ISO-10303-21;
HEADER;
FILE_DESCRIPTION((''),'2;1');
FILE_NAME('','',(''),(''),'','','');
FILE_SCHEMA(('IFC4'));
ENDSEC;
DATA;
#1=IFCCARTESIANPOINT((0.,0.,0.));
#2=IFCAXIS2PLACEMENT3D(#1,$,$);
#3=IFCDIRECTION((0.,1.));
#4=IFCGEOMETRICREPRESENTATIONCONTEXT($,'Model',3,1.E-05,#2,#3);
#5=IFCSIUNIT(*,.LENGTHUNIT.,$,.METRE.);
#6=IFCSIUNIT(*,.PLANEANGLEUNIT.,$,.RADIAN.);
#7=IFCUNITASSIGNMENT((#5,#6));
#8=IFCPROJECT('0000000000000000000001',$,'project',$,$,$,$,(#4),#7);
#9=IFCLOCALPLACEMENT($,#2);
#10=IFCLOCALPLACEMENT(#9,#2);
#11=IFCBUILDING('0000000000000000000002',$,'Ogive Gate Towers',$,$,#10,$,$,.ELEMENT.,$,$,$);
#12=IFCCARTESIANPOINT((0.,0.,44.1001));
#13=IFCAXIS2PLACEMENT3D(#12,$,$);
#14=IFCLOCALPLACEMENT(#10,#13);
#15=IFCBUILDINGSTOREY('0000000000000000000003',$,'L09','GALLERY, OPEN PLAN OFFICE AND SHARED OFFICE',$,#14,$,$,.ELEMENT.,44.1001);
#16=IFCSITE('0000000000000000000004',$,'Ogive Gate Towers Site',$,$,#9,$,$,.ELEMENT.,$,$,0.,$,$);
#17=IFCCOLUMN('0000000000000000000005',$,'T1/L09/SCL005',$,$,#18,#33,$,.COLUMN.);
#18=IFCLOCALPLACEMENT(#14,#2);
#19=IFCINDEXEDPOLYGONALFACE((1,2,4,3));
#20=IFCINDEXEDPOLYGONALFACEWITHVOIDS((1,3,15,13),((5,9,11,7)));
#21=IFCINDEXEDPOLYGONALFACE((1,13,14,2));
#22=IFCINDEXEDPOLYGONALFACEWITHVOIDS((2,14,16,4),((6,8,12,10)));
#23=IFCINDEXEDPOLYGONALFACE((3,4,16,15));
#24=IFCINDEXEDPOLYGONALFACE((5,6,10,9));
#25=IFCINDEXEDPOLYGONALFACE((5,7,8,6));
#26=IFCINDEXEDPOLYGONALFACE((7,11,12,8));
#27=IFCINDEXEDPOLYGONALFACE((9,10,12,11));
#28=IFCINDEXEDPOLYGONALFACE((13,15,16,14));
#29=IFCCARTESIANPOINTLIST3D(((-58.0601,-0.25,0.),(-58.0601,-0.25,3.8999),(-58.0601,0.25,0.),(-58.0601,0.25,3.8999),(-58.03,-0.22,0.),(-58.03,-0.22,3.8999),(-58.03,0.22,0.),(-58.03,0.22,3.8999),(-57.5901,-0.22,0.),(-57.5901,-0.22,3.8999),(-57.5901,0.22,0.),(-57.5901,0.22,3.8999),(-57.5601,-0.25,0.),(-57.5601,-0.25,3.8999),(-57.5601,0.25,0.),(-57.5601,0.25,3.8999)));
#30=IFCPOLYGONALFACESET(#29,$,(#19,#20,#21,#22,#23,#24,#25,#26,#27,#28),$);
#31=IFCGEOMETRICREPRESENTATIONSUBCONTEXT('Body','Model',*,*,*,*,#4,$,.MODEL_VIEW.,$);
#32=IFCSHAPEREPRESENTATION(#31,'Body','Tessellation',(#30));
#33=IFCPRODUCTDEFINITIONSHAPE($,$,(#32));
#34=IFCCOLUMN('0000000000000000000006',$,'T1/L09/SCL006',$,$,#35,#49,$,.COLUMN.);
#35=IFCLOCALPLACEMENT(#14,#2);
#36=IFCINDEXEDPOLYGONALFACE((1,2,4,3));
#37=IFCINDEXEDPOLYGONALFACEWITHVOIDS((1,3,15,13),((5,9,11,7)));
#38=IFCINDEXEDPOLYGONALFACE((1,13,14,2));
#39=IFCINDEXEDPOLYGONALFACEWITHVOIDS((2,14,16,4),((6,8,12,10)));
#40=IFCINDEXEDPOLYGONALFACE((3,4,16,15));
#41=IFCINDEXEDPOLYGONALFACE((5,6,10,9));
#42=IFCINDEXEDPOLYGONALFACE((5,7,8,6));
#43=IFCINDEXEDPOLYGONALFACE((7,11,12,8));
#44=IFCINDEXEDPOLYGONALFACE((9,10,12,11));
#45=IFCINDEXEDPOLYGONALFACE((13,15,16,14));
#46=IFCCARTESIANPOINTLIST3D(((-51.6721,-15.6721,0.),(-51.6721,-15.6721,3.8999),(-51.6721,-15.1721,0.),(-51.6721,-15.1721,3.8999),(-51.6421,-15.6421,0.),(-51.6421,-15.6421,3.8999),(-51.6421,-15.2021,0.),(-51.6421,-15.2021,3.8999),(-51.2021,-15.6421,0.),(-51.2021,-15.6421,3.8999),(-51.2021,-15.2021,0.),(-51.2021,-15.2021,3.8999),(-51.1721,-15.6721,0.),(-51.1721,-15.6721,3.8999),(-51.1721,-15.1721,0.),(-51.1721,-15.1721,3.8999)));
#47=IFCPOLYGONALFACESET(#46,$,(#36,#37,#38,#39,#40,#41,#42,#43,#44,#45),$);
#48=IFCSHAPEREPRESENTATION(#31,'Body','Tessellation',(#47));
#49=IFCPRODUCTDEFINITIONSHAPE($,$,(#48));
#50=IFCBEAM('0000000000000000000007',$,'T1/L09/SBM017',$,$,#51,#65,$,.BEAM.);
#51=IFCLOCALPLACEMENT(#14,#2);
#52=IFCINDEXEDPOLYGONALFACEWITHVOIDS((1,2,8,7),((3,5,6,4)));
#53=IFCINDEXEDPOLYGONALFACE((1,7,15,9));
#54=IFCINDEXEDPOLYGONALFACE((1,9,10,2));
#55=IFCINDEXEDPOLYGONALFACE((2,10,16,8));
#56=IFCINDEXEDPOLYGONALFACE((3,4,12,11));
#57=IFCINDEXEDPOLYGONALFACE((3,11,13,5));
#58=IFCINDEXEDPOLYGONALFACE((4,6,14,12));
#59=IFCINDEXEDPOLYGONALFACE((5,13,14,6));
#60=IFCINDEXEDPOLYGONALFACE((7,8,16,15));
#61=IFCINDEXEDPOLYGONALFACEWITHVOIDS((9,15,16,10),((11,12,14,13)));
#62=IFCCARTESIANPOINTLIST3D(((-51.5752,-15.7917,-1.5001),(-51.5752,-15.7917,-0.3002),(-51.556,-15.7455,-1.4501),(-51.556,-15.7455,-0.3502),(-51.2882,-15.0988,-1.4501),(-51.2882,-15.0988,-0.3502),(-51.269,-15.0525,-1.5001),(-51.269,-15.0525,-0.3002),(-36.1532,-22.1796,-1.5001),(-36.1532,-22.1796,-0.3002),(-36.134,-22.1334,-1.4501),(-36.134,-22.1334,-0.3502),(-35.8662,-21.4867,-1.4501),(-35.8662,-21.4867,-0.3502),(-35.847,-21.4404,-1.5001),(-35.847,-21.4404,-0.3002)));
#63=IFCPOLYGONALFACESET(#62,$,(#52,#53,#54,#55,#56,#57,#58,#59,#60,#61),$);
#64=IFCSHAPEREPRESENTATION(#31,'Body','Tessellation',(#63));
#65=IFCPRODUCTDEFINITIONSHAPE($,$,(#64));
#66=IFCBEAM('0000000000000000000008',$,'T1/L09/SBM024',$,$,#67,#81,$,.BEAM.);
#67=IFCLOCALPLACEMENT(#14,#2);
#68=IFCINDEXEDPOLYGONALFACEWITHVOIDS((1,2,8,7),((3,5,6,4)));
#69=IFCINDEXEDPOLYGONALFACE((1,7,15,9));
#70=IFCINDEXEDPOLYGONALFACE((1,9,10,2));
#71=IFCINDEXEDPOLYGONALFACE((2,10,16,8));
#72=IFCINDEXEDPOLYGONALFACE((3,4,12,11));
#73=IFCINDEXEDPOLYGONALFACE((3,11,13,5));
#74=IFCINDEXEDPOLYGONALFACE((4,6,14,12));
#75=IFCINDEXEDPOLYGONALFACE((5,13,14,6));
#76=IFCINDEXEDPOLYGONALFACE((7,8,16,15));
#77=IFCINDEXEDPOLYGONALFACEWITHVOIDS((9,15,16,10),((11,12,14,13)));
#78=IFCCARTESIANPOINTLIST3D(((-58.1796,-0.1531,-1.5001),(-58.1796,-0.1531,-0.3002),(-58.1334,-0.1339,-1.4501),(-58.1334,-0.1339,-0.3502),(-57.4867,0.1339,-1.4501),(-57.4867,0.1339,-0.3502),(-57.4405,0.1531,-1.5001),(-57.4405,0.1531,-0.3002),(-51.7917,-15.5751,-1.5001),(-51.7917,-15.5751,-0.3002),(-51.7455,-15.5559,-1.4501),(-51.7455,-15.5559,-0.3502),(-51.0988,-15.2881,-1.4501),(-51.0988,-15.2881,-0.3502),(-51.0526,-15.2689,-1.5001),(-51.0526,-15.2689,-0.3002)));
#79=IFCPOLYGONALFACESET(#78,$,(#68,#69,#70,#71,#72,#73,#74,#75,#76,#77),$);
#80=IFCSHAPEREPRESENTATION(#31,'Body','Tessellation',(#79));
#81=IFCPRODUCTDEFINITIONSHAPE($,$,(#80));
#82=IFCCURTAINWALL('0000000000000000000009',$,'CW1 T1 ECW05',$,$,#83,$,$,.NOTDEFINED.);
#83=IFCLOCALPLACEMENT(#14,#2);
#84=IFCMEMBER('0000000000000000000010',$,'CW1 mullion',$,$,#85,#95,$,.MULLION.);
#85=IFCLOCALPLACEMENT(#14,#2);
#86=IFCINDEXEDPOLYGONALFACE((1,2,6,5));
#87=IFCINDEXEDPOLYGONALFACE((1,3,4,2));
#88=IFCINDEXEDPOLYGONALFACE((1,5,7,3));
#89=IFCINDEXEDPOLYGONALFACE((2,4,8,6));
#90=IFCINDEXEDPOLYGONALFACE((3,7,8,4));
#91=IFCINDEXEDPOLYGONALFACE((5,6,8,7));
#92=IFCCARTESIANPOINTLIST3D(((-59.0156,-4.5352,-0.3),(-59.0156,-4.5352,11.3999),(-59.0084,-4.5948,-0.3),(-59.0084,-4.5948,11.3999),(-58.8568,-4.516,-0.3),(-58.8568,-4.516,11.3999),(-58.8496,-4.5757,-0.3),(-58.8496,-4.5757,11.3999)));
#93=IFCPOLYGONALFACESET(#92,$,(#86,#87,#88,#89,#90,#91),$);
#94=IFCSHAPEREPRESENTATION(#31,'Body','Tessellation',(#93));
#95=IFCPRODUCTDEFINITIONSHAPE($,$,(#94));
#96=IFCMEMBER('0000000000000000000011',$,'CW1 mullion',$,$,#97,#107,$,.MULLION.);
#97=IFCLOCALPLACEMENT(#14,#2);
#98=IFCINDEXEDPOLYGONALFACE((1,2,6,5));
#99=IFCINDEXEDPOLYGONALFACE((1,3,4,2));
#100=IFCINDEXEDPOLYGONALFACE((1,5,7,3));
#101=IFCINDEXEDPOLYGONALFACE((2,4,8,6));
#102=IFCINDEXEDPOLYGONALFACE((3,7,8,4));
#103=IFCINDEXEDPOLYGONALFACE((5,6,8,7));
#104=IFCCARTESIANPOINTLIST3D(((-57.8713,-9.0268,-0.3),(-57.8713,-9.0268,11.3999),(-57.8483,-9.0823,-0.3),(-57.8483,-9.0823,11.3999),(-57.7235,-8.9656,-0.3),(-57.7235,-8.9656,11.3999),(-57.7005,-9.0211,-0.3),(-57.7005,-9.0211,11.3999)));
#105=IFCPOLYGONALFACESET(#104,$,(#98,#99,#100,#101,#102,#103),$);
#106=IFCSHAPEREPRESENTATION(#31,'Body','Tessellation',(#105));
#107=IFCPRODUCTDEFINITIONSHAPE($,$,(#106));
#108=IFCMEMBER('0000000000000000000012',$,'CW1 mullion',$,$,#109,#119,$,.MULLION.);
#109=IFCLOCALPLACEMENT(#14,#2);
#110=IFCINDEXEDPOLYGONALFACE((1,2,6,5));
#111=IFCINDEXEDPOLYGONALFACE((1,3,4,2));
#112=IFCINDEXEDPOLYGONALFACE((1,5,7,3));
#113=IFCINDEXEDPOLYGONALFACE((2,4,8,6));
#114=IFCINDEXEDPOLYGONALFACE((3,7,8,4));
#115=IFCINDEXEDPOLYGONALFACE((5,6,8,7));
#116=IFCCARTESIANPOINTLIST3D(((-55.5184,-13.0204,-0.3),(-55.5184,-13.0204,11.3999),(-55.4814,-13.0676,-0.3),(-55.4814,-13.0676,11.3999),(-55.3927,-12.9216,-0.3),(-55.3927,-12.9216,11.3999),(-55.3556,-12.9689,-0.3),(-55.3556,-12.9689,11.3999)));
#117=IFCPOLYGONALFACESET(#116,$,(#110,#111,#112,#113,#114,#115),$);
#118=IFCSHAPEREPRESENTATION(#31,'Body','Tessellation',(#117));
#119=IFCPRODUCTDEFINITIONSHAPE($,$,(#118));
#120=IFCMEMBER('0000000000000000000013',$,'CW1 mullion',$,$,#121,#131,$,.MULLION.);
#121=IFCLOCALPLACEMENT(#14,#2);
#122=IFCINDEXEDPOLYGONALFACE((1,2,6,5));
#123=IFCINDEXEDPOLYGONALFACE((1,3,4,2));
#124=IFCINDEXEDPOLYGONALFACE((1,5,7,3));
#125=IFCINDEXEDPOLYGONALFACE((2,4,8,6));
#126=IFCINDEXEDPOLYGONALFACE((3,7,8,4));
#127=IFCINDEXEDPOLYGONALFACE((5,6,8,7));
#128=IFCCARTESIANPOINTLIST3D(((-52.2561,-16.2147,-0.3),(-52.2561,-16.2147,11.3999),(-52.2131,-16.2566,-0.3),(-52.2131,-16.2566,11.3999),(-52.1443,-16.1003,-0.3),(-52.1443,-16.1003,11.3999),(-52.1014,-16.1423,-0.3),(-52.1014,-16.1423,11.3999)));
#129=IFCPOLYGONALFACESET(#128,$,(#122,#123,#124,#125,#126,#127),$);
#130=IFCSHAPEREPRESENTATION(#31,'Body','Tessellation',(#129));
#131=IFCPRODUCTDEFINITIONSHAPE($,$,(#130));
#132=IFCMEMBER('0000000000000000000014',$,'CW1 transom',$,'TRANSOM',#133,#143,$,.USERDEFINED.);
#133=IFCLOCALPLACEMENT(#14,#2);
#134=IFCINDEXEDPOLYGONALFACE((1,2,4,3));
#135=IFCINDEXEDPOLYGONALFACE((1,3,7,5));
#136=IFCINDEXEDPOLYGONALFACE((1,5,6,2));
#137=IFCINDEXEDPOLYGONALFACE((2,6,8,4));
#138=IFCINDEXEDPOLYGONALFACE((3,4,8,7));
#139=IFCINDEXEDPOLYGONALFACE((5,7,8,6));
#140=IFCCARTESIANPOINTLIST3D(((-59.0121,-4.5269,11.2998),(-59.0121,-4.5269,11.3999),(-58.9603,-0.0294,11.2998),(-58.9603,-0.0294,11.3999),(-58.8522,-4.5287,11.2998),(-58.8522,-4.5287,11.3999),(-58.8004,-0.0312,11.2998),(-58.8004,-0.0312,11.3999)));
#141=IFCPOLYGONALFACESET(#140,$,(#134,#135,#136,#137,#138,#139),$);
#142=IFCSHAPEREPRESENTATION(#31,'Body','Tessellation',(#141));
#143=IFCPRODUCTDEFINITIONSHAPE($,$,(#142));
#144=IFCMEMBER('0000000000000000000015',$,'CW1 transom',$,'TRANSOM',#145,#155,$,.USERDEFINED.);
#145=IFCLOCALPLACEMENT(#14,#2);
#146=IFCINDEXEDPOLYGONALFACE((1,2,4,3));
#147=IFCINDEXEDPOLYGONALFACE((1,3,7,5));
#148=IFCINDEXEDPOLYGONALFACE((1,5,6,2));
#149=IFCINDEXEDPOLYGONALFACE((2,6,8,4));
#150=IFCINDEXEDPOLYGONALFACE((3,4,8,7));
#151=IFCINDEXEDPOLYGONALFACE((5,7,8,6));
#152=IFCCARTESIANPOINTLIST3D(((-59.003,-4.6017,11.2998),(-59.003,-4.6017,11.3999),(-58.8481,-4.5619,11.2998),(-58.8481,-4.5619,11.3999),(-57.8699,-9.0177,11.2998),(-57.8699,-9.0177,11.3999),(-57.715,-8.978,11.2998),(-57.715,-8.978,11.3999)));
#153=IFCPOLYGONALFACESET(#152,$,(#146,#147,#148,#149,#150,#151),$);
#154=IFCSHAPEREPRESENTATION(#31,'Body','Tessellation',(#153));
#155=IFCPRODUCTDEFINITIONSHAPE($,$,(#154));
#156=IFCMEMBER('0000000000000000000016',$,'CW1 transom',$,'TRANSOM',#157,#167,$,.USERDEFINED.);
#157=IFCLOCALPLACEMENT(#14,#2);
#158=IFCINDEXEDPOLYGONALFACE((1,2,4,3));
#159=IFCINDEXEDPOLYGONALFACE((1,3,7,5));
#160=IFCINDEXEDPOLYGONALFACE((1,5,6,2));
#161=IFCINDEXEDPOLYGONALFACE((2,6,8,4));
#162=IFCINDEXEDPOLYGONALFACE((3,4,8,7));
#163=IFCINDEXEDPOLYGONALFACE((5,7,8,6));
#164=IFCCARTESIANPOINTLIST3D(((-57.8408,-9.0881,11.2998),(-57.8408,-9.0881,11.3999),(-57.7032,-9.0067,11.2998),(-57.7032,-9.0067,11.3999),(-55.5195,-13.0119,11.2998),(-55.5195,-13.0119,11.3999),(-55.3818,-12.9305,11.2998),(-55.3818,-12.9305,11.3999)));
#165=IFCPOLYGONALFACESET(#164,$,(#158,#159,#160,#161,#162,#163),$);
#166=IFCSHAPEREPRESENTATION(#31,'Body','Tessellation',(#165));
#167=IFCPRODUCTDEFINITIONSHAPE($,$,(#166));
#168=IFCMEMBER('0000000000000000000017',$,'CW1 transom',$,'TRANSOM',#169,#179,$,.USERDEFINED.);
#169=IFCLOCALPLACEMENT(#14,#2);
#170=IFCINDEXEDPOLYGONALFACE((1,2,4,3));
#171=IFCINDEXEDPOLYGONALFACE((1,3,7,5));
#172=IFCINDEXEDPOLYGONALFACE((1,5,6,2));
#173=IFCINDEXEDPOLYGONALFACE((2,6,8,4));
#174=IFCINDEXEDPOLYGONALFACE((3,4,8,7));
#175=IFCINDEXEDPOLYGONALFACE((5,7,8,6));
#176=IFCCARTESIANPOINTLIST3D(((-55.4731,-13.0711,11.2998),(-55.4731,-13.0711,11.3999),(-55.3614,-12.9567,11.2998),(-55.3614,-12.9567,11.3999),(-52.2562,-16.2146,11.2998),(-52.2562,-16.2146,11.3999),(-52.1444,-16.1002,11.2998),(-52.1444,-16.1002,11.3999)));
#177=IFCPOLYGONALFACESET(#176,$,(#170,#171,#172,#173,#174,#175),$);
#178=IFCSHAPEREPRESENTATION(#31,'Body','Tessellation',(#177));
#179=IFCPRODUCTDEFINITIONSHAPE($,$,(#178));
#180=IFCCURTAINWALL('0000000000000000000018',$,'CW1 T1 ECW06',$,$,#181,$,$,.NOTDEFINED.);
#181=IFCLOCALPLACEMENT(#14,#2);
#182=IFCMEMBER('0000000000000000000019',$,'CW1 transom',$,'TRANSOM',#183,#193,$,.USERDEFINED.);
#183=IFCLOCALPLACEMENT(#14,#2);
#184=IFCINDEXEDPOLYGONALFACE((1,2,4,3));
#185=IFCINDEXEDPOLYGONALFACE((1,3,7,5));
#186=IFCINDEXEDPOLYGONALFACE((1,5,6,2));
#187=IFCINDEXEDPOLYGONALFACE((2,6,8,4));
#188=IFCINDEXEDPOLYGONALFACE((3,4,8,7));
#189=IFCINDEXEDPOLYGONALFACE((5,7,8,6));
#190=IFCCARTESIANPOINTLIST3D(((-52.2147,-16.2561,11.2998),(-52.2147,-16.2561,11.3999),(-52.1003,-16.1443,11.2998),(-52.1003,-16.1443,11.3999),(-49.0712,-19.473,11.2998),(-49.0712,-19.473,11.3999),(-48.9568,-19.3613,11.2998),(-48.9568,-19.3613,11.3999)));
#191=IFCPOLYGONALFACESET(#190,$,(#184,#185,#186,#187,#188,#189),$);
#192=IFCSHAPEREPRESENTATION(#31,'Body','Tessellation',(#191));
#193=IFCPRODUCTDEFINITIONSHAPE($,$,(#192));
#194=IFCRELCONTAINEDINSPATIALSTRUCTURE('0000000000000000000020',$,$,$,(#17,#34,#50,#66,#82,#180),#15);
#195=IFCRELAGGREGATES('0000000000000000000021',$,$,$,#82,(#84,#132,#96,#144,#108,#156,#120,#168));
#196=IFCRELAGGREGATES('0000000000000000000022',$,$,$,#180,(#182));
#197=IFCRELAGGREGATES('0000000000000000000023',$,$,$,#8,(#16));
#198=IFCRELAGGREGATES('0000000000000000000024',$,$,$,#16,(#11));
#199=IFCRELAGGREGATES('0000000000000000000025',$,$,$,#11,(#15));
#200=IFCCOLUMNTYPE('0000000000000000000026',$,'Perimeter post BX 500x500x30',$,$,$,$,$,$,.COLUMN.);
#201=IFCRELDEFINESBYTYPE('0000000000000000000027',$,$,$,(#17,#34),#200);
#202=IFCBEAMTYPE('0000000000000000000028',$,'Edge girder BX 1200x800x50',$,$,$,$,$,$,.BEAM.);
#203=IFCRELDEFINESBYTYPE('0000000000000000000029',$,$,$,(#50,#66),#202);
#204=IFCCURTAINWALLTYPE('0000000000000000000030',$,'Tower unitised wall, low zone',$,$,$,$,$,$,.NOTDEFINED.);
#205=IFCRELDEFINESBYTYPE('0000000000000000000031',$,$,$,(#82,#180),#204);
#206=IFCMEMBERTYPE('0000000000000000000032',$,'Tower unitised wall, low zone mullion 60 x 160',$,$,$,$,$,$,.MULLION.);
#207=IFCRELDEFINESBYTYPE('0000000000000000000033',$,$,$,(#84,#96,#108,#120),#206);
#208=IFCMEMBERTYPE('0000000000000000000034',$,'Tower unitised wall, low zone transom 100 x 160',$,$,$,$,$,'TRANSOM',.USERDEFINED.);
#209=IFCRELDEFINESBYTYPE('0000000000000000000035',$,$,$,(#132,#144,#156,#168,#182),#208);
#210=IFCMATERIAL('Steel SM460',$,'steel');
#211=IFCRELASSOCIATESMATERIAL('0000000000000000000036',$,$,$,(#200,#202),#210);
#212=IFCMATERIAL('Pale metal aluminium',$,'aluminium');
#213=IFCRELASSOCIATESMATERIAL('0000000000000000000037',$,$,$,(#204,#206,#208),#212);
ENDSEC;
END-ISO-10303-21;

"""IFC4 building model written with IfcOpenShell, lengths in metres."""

from ifc_helpers import new_model, si_unit, direction, frame, origin, origin_2d, place, context, subcontext, project, spatial, rectangle, hollow_rectangle, extrude, material, material_profile, profile_set, type_object, element, aggregate, save


model = new_model("IFC4")

# Units and contexts
model_context = context("Model", 3, precision=1e-05, world=origin(), true_north=direction((0.0, 1.0)))
body_context = subcontext(model_context, "Body", "Model", "MODEL_VIEW")
ifc_project = project(units=[si_unit("LENGTHUNIT", "METRE"), si_unit("PLANEANGLEUNIT", "RADIAN")], contexts=[model_context])

# Site, building, storey
site_placement = place(None, origin())
site = spatial("IfcSite", under=ifc_project, at=site_placement, Name="Ogive Gate Towers Site", CompositionType="ELEMENT", RefElevation=0.0)
building_placement = place(site_placement, origin())
building = spatial("IfcBuilding", under=site, at=building_placement, Name="Ogive Gate Towers", CompositionType="ELEMENT")
storey_placement = place(building_placement, frame((0.0, 0.0, 44.1001)))
storey = spatial("IfcBuildingStorey", under=building, at=storey_placement, Name="L09", Description="GALLERY, OPEN PLAN OFFICE AND SHARED OFFICE", CompositionType="ELEMENT", Elevation=44.1001)

# Columns
ifc_material_1 = material(Name="Steel SM460", Category="steel")
ifc_material_profile_1 = material_profile(ifc_material_1, hollow_rectangle(XDim=0.5, YDim=0.5, WallThickness=0.03, at=origin_2d()), Name="BX 500x500x30")
ifc_profile_set_1 = profile_set([ifc_material_profile_1], Name="Steel SM460")
column_type = type_object("IfcColumnType", Name="Perimeter post BX 500x500x30", PredefinedType="COLUMN", material=ifc_profile_set_1)
for number, where, z_axis, x_axis, name in (
    (1, (-57.8101, 0.0, 0.0), (0.0, 0.0, 1.0), (1.0, 0.0, 0.0), "T1/L09/SCL005"),
    (2, (-51.4221, -15.4221, 0.0), (0.0, 0.0, 1.0), (1.0, 0.0, 0.0), "T1/L09/SCL006"),
):
    element("IfcColumn", number, at=place(storey_placement, frame(where, z_axis=z_axis, x_axis=x_axis)), inside=storey, type_object=column_type, Name=name, PredefinedType="COLUMN", context=body_context, shape_type="SweptSolid", body=[
        extrude(hollow_rectangle(XDim=0.5, YDim=0.5, WallThickness=0.03, at=origin_2d()), origin(), (0.0, 0.0, 1.0), 3.8999),
    ])

# Beams
ifc_material_profile_2 = material_profile(ifc_material_1, hollow_rectangle(XDim=0.8, YDim=1.2, WallThickness=0.05, at=origin_2d()), Name="BX 1200x800x50")
ifc_profile_set_2 = profile_set([ifc_material_profile_2], Name="Steel SM460")
beam_type = type_object("IfcBeamType", Name="Edge girder BX 1200x800x50", PredefinedType="BEAM", material=ifc_profile_set_2)
for number, where, z_axis, x_axis, name in (
    (3, (-51.4221, -15.4221, -0.9001), (0.923882, -0.382678, 0.0), (0.382678, 0.923882, 0.0), "T1/L09/SBM017"),
    (4, (-57.8101, 0.0, -0.9001), (0.382678, -0.923882, 0.0), (0.923882, 0.382678, 0.0), "T1/L09/SBM024"),
):
    element("IfcBeam", number, at=place(storey_placement, frame(where, z_axis=z_axis, x_axis=x_axis)), inside=storey, type_object=beam_type, Name=name, PredefinedType="BEAM", context=body_context, shape_type="SweptSolid", body=[
        extrude(hollow_rectangle(XDim=0.8, YDim=1.2, WallThickness=0.05, at=origin_2d()), origin(), (0.0, 0.0, 1.0), 16.6926),
    ])

# Curtain wall, members
ifc_material_2 = material(Name="Pale metal aluminium", Category="aluminium")
curtain_wall_type = type_object("IfcCurtainWallType", Name="Tower unitised wall, low zone", PredefinedType="NOTDEFINED", material=ifc_material_2)
curtain_wall_1_placement = place(storey_placement, origin())
curtain_wall_1 = element("IfcCurtainWall", 5, at=curtain_wall_1_placement, inside=storey, type_object=curtain_wall_type, Name="CW1 T1 ECW05", PredefinedType="NOTDEFINED")
ifc_material_profile_3 = material_profile(ifc_material_2, rectangle(XDim=0.1599, YDim=0.0601, at=origin_2d()), Name="60 x 160 aluminium box")
ifc_profile_set_3 = profile_set([ifc_material_profile_3], Name="Pale metal aluminium")
member_type_1 = type_object("IfcMemberType", Name="Tower unitised wall, low zone mullion 60 x 160", PredefinedType="MULLION", material=ifc_profile_set_3)
member_1_placement = place(storey_placement, frame((-58.9326, -4.5554, -0.3), z_axis=(0.0, 0.0, 1.0), x_axis=(-0.992828, -0.119548, 0.0)))
member_1 = element("IfcMember", 6, at=member_1_placement, type_object=member_type_1, Name="CW1 mullion", PredefinedType="MULLION", context=body_context, shape_type="SweptSolid", body=[
    extrude(rectangle(XDim=0.1599, YDim=0.0601, at=origin_2d()), origin(), (0.0, 0.0, 1.0), 11.7),
])
member_2_placement = place(storey_placement, frame((-57.7859, -9.0239, -0.3), z_axis=(0.0, 0.0, 1.0), x_axis=(-0.92388, -0.382683, 0.0)))
member_2 = element("IfcMember", 7, at=member_2_placement, type_object=member_type_1, Name="CW1 mullion", PredefinedType="MULLION", context=body_context, shape_type="SweptSolid", body=[
    extrude(rectangle(XDim=0.1599, YDim=0.0601, at=origin_2d()), origin(), (0.0, 0.0, 1.0), 11.7),
])
member_3_placement = place(storey_placement, frame((-55.437, -12.9946, -0.3), z_axis=(0.0, 0.0, 1.0), x_axis=(-0.786558, -0.617516, 0.0)))
member_3 = element("IfcMember", 8, at=member_3_placement, type_object=member_type_1, Name="CW1 mullion", PredefinedType="MULLION", context=body_context, shape_type="SweptSolid", body=[
    extrude(rectangle(XDim=0.1599, YDim=0.0601, at=origin_2d()), origin(), (0.0, 0.0, 1.0), 11.7),
])
member_4_placement = place(storey_placement, frame((-52.1787, -16.1785, -0.3), z_axis=(0.0, 0.0, 1.0), x_axis=(-0.698915, -0.715205, 0.0)))
member_4 = element("IfcMember", 9, at=member_4_placement, type_object=member_type_1, Name="CW1 mullion", PredefinedType="MULLION", context=body_context, shape_type="SweptSolid", body=[
    extrude(rectangle(XDim=0.1599, YDim=0.0601, at=origin_2d()), origin(), (0.0, 0.0, 1.0), 11.7),
])
ifc_material_profile_4 = material_profile(ifc_material_2, rectangle(XDim=0.1599, YDim=0.1001, at=origin_2d()), Name="100 x 160 aluminium box")
ifc_profile_set_4 = profile_set([ifc_material_profile_4], Name="Pale metal aluminium")
member_type_2 = type_object("IfcMemberType", Name="Tower unitised wall, low zone transom 100 x 160", ElementType="TRANSOM", PredefinedType="USERDEFINED", material=ifc_profile_set_4)
member_5_placement = place(storey_placement, frame((-58.8804, -0.0303, 11.3499), z_axis=(-0.011507, -0.999934, 0.0), x_axis=(0.999934, -0.011507, 0.0)))
member_5 = element("IfcMember", 10, at=member_5_placement, type_object=member_type_2, Name="CW1 transom", ObjectType="TRANSOM", PredefinedType="USERDEFINED", context=body_context, shape_type="SweptSolid", body=[
    extrude(rectangle(XDim=0.1599, YDim=0.1001, at=origin_2d()), origin(), (0.0, 0.0, 1.0), 4.4978),
])
member_6_placement = place(storey_placement, frame((-58.9255, -4.5818, 11.3499), z_axis=(0.248529, -0.968625, 0.0), x_axis=(0.968625, 0.248529, 0.0)))
member_6 = element("IfcMember", 11, at=member_6_placement, type_object=member_type_2, Name="CW1 transom", ObjectType="TRANSOM", PredefinedType="USERDEFINED", context=body_context, shape_type="SweptSolid", body=[
    extrude(rectangle(XDim=0.1599, YDim=0.1001, at=origin_2d()), origin(), (0.0, 0.0, 1.0), 4.5591),
])
member_7_placement = place(storey_placement, frame((-57.772, -9.0474, 11.3499), z_axis=(0.509162, -0.860671, 0.0), x_axis=(0.860671, 0.509162, 0.0)))
member_7 = element("IfcMember", 12, at=member_7_placement, type_object=member_type_2, Name="CW1 transom", ObjectType="TRANSOM", PredefinedType="USERDEFINED", context=body_context, shape_type="SweptSolid", body=[
    extrude(rectangle(XDim=0.1599, YDim=0.1001, at=origin_2d()), origin(), (0.0, 0.0, 1.0), 4.5591),
])
member_8_placement = place(storey_placement, frame((-55.4172, -13.0139, 11.3499), z_axis=(0.715229, -0.698891, 0.0), x_axis=(0.698891, 0.715229, 0.0)))
member_8 = element("IfcMember", 13, at=member_8_placement, type_object=member_type_2, Name="CW1 transom", ObjectType="TRANSOM", PredefinedType="USERDEFINED", context=body_context, shape_type="SweptSolid", body=[
    extrude(rectangle(XDim=0.1599, YDim=0.1001, at=origin_2d()), origin(), (0.0, 0.0, 1.0), 4.4978),
])

# Curtain wall, member
curtain_wall_2_placement = place(storey_placement, origin())
curtain_wall_2 = element("IfcCurtainWall", 14, at=curtain_wall_2_placement, inside=storey, type_object=curtain_wall_type, Name="CW1 T1 ECW06", PredefinedType="NOTDEFINED")
member_9_placement = place(storey_placement, frame((-52.1575, -16.2002, 11.3499), z_axis=(0.698891, -0.715229, 0.0), x_axis=(0.715229, 0.698891, 0.0)))
member_9 = element("IfcMember", 15, at=member_9_placement, type_object=member_type_2, Name="CW1 transom", ObjectType="TRANSOM", PredefinedType="USERDEFINED", context=body_context, shape_type="SweptSolid", body=[
    extrude(rectangle(XDim=0.1599, YDim=0.1001, at=origin_2d()), origin(), (0.0, 0.0, 1.0), 4.4978),
])

aggregate(curtain_wall_1, [member_1, member_5, member_2, member_6, member_3, member_7, member_4, member_8])
aggregate(curtain_wall_2, [member_9])

save(model, "model.ifc")
